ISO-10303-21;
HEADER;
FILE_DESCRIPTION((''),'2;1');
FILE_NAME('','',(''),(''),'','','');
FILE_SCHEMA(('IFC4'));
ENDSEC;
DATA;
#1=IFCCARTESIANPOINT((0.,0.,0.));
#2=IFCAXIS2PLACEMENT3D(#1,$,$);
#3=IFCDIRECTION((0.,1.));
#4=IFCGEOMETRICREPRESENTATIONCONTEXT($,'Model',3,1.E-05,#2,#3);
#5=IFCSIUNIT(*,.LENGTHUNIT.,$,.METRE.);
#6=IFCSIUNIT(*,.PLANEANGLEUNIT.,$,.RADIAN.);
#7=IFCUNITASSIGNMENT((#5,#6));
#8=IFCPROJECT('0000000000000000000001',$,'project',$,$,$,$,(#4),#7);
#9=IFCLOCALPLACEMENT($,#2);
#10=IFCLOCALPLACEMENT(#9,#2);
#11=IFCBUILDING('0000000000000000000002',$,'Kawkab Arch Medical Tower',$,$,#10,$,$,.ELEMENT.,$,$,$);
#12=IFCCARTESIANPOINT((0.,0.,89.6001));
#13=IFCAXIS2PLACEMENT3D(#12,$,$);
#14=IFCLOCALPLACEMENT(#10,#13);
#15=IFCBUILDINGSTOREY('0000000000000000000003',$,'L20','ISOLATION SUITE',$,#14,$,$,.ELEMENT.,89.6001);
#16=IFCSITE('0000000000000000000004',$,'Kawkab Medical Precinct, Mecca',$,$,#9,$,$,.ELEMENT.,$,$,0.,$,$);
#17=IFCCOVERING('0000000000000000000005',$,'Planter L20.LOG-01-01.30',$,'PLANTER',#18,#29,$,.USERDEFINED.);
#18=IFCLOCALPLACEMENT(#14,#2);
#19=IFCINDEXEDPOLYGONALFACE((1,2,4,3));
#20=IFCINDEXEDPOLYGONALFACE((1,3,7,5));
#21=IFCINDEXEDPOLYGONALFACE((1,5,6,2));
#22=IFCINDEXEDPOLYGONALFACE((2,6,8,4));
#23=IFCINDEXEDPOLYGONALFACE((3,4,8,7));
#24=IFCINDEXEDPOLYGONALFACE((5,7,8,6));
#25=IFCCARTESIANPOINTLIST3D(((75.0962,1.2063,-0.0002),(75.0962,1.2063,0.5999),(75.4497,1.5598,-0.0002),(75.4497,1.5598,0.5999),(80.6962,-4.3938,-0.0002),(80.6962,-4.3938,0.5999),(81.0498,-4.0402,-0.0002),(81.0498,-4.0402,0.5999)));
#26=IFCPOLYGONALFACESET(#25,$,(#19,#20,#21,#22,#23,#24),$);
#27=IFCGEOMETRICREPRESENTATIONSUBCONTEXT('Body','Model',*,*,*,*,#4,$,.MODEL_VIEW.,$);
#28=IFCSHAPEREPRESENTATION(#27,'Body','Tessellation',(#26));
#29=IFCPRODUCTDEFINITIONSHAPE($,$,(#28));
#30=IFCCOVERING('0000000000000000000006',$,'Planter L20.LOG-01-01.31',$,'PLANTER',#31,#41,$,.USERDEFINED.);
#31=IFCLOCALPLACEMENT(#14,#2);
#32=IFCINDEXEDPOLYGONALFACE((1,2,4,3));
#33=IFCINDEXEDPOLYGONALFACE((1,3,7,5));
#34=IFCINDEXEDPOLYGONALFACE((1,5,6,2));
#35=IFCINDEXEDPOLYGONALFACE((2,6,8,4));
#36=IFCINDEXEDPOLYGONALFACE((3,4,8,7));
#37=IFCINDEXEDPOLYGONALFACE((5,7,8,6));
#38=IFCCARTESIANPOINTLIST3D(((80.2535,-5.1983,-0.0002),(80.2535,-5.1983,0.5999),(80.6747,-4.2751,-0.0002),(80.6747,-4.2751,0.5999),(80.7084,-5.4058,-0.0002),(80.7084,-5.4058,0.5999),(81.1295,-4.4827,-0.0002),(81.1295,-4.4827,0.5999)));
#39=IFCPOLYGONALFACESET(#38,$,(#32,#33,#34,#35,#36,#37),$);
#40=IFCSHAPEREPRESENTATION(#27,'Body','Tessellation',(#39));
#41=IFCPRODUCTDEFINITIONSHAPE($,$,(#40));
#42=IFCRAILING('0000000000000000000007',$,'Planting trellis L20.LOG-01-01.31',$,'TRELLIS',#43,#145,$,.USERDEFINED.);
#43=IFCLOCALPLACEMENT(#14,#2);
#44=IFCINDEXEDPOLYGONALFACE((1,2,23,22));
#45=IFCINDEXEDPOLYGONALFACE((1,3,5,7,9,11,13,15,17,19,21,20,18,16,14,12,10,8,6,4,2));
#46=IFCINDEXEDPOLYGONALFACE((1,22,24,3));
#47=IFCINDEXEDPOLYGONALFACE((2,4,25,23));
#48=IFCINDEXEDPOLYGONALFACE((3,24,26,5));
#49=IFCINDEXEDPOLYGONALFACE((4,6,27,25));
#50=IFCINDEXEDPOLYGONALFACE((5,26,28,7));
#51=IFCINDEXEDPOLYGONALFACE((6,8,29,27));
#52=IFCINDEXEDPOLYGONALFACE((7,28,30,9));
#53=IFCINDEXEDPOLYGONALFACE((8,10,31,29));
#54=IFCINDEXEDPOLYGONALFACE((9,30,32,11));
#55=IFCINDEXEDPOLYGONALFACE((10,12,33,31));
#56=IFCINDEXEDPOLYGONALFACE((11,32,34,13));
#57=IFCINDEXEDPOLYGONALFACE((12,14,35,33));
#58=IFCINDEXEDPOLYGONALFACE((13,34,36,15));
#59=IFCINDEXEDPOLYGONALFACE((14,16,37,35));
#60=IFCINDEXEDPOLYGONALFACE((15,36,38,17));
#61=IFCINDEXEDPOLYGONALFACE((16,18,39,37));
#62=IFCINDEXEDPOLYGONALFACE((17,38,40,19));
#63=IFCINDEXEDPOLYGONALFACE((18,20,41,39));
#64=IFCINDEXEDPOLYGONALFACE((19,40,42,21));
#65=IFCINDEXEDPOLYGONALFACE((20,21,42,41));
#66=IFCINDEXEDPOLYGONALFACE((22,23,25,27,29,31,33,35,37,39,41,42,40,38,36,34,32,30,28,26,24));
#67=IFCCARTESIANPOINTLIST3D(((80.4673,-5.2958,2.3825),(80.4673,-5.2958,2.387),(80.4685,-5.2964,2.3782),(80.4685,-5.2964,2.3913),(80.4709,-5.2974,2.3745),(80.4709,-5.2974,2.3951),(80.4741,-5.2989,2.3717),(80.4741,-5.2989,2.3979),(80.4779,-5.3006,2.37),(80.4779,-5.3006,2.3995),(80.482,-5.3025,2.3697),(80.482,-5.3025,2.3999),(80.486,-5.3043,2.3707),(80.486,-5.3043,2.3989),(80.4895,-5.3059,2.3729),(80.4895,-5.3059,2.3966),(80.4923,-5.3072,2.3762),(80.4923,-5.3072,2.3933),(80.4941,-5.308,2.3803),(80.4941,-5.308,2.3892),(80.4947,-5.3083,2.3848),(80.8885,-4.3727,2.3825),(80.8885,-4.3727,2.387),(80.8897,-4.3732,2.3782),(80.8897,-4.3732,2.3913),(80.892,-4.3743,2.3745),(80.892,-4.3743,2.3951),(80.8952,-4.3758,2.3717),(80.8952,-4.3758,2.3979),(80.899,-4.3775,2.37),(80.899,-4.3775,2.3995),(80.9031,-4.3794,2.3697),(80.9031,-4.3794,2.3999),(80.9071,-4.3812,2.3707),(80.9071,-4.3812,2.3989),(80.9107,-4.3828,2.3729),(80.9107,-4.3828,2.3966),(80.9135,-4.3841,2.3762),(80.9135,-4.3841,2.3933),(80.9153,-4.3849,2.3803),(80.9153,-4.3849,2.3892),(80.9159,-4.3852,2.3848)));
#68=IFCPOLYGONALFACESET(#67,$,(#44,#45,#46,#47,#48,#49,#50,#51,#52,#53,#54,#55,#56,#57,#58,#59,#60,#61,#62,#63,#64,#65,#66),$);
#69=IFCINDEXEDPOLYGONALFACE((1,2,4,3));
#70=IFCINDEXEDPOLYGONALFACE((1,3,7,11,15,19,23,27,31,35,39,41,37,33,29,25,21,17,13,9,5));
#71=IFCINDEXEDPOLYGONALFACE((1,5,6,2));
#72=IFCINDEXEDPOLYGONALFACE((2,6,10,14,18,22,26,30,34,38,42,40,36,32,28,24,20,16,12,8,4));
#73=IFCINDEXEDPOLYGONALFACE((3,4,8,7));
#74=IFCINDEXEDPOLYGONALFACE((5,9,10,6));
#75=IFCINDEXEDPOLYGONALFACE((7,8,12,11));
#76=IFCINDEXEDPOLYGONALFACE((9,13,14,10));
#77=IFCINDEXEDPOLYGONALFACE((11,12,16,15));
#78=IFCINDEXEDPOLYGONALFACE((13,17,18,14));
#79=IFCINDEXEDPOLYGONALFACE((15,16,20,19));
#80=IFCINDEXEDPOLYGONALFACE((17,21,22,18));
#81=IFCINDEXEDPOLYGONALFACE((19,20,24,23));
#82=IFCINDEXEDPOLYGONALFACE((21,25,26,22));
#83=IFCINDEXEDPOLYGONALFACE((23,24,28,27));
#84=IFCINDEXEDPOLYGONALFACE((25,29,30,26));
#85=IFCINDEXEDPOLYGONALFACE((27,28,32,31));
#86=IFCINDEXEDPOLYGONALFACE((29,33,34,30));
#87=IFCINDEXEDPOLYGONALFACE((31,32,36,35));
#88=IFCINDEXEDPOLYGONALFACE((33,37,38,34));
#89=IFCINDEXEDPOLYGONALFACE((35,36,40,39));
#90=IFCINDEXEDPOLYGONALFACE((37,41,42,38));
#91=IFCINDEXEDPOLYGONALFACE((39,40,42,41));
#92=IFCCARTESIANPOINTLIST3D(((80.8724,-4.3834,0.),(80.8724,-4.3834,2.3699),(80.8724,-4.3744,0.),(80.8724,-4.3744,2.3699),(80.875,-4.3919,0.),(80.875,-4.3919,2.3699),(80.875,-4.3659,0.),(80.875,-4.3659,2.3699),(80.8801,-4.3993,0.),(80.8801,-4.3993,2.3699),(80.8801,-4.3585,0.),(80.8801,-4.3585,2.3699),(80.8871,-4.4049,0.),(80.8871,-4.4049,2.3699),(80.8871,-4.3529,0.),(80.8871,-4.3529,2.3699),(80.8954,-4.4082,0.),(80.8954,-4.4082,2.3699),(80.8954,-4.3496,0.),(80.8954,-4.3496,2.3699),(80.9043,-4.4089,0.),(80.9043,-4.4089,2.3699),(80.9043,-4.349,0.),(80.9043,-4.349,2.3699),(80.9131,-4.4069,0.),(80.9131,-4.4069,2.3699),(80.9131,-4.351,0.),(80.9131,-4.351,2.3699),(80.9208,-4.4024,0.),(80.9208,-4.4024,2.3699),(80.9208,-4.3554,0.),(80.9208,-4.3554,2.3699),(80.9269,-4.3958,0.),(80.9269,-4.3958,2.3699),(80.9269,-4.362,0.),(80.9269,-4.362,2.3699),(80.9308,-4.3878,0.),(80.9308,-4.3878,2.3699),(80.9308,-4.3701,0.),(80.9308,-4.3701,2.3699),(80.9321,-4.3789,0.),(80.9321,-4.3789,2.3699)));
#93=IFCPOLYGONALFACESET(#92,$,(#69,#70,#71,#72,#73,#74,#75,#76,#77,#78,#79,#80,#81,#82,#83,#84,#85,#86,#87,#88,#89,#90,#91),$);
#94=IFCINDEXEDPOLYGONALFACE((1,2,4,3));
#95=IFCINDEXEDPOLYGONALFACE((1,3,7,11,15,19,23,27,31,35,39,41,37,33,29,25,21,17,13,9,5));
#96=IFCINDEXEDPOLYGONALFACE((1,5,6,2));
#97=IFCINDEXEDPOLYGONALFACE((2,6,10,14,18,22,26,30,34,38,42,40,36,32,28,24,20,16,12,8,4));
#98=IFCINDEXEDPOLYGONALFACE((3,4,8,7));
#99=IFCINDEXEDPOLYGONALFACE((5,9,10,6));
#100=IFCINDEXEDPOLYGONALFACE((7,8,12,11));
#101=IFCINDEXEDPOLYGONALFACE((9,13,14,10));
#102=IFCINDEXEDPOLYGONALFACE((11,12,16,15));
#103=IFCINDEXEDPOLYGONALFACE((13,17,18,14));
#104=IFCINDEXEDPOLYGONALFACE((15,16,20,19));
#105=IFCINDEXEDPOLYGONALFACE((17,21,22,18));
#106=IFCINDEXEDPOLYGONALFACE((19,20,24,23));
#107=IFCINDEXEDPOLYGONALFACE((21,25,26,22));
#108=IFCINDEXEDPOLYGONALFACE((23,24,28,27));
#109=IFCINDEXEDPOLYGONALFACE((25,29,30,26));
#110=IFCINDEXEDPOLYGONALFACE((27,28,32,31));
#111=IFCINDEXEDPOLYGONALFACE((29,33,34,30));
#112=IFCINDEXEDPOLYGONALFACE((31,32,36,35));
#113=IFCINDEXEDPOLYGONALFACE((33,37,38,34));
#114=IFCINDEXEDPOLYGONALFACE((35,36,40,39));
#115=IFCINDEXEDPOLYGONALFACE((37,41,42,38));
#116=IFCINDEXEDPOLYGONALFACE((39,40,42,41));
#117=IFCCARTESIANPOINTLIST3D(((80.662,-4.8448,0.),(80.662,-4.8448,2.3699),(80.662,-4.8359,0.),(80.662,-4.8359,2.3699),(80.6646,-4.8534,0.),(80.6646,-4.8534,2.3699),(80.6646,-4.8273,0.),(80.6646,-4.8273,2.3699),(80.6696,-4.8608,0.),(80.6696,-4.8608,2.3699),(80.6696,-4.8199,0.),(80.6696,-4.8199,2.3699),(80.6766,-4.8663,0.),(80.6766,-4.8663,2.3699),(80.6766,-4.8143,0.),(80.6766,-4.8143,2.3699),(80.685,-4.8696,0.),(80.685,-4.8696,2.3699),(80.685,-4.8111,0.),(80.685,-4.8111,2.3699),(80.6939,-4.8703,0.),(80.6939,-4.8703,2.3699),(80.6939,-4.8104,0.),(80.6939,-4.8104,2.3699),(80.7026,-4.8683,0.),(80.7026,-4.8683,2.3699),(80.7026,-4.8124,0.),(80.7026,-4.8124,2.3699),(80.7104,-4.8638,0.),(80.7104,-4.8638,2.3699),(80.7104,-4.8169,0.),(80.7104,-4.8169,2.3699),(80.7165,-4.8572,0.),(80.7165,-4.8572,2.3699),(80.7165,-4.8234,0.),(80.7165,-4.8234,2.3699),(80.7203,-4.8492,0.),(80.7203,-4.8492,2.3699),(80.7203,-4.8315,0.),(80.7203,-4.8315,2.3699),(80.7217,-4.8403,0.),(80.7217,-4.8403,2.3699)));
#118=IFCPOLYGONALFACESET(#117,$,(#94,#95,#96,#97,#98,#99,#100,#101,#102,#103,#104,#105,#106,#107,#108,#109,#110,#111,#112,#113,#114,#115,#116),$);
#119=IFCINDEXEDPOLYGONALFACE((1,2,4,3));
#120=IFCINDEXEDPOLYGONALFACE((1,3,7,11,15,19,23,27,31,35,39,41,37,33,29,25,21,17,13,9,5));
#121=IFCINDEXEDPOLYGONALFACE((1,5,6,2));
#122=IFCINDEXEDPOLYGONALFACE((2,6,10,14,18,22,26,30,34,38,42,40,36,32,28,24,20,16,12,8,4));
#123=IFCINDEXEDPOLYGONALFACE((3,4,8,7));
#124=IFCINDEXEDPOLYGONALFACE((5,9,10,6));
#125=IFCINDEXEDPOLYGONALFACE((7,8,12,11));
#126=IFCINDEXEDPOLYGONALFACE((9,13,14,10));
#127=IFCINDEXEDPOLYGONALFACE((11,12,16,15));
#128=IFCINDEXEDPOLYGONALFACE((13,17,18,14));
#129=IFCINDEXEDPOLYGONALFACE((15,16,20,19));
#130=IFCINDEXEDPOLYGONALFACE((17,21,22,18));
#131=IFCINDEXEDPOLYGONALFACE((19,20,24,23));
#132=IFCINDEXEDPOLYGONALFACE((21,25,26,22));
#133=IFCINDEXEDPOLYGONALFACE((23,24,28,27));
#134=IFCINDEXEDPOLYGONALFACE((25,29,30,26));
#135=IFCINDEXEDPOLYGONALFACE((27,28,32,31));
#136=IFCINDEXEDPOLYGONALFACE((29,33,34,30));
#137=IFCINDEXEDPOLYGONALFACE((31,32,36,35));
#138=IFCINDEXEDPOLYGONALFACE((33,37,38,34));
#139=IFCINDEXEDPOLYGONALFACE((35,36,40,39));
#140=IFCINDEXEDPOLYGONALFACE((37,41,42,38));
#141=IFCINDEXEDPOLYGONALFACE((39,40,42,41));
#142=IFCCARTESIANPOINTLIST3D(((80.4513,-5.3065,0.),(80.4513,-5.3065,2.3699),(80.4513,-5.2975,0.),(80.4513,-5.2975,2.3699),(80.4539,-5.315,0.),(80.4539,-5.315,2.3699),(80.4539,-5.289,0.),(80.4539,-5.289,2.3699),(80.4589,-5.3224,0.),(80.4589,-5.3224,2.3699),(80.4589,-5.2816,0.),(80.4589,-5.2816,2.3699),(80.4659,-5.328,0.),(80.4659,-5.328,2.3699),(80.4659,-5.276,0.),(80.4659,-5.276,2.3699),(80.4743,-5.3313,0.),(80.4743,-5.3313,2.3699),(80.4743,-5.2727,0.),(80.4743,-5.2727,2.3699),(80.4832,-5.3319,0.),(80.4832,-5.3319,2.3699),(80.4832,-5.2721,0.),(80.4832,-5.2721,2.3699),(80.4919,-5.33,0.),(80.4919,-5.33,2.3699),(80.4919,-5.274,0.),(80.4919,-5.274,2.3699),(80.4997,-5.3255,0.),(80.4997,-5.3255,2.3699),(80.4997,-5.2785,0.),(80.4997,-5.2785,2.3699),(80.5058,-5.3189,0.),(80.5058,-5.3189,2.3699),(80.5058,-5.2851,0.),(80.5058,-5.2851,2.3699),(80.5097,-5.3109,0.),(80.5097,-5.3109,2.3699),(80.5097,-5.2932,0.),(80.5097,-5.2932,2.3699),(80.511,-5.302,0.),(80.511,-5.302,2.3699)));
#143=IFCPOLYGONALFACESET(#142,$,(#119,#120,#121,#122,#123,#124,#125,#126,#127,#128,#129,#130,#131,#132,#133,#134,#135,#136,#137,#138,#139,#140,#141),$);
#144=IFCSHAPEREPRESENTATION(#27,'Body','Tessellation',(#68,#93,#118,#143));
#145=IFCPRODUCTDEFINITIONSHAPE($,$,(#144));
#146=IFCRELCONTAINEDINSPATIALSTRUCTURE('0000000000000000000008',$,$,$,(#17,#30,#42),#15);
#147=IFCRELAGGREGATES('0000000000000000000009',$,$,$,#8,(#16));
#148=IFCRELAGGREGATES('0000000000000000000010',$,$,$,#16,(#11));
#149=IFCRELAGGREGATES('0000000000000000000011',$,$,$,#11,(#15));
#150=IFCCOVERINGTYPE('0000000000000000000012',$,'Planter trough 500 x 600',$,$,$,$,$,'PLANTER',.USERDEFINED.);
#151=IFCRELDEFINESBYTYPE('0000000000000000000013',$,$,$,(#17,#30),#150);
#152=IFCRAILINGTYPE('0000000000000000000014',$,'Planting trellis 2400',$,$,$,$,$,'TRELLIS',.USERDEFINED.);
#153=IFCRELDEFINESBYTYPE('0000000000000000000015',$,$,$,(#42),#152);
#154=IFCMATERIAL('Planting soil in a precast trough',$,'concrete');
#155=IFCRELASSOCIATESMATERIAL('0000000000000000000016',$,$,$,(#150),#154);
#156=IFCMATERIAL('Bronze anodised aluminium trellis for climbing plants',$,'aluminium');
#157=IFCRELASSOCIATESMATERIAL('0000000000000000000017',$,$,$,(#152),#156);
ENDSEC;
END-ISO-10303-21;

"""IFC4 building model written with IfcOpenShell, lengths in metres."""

from ifc_helpers import new_model, si_unit, direction, frame, origin, origin_2d, place, context, subcontext, project, spatial, rectangle, circle, extrude, material, material_profile, profile_set, type_object, element, save


model = new_model("IFC4")

# Units and contexts
model_context = context("Model", 3, precision=1e-05, world=origin(), true_north=direction((0.0, 1.0)))
body_context = subcontext(model_context, "Body", "Model", "MODEL_VIEW")
ifc_project = project(units=[si_unit("LENGTHUNIT", "METRE"), si_unit("PLANEANGLEUNIT", "RADIAN")], contexts=[model_context])

# Site, building, storey
site_placement = place(None, origin())
site = spatial("IfcSite", under=ifc_project, at=site_placement, Name="Kawkab Medical Precinct, Mecca", CompositionType="ELEMENT", RefElevation=0.0)
building_placement = place(site_placement, origin())
building = spatial("IfcBuilding", under=site, at=building_placement, Name="Kawkab Arch Medical Tower", CompositionType="ELEMENT")
storey_placement = place(building_placement, frame((0.0, 0.0, 89.6001)))
storey = spatial("IfcBuildingStorey", under=building, at=storey_placement, Name="L20", Description="ISOLATION SUITE", CompositionType="ELEMENT", Elevation=89.6001)

# Coverings
ifc_material_1 = material(Name="Planting soil in a precast trough", Category="concrete")
ifc_material_profile_1 = material_profile(ifc_material_1, rectangle(XDim=0.5, YDim=0.6001, at=origin_2d()), Name="Trough 500x600")
ifc_profile_set_1 = profile_set([ifc_material_profile_1], Name="Planting soil in a precast trough")
covering_type = type_object("IfcCoveringType", Name="Planter trough 500 x 600", ElementType="PLANTER", PredefinedType="USERDEFINED", material=ifc_profile_set_1)
covering_1_placement = place(storey_placement, frame((75.2729, 1.3831, 0.2998), z_axis=(0.707107, -0.707107, 0.0), x_axis=(0.707107, 0.707107, 0.0)))
element("IfcCovering", 1, at=covering_1_placement, inside=storey, type_object=covering_type, Name="Planter L20.LOG-01-01.30", ObjectType="PLANTER", PredefinedType="USERDEFINED", context=body_context, shape_type="SweptSolid", body=[
    extrude(rectangle(XDim=0.5, YDim=0.6001, at=origin_2d()), origin(), (0.0, 0.0, 1.0), 7.9197),
])
covering_2_placement = place(storey_placement, frame((80.9021, -4.3789, 0.2998), z_axis=(-0.415072, -0.909789, 0.0), x_axis=(0.909789, -0.415072, 0.0)))
element("IfcCovering", 2, at=covering_2_placement, inside=storey, type_object=covering_type, Name="Planter L20.LOG-01-01.31", ObjectType="PLANTER", PredefinedType="USERDEFINED", context=body_context, shape_type="SweptSolid", body=[
    extrude(rectangle(XDim=0.5, YDim=0.6001, at=origin_2d()), origin(), (0.0, 0.0, 1.0), 1.0146),
])

# Railing
ifc_material_2 = material(Name="Bronze anodised aluminium trellis for climbing plants", Category="aluminium")
railing_type = type_object("IfcRailingType", Name="Planting trellis 2400", ElementType="TRELLIS", PredefinedType="USERDEFINED", material=ifc_material_2)
railing_1_placement = place(storey_placement, frame((80.9021, -4.3789, 0.0)))
element("IfcRailing", 3, at=railing_1_placement, inside=storey, type_object=railing_type, Name="Planting trellis L20.LOG-01-01.31", ObjectType="TRELLIS", PredefinedType="USERDEFINED", context=body_context, shape_type="SweptSolid", body=[
    extrude(circle(Radius=0.0151, at=origin_2d()), frame((0.0, 0.0, 2.3848), z_axis=(-0.415072, -0.909789, 0.0), x_axis=(0.909789, -0.415072, 0.0)), (0.0, 0.0, 1.0), 1.0146),
    extrude(circle(Radius=0.03, at=origin_2d()), origin(), (0.0, 0.0, 1.0), 2.3699),
    extrude(circle(Radius=0.03, at=origin_2d()), frame((-0.2104, -0.4614, 0.0)), (0.0, 0.0, 1.0), 2.3699),
    extrude(circle(Radius=0.03, at=origin_2d()), frame((-0.4211, -0.9231, 0.0)), (0.0, 0.0, 1.0), 2.3699),
])

save(model, "model.ifc")
